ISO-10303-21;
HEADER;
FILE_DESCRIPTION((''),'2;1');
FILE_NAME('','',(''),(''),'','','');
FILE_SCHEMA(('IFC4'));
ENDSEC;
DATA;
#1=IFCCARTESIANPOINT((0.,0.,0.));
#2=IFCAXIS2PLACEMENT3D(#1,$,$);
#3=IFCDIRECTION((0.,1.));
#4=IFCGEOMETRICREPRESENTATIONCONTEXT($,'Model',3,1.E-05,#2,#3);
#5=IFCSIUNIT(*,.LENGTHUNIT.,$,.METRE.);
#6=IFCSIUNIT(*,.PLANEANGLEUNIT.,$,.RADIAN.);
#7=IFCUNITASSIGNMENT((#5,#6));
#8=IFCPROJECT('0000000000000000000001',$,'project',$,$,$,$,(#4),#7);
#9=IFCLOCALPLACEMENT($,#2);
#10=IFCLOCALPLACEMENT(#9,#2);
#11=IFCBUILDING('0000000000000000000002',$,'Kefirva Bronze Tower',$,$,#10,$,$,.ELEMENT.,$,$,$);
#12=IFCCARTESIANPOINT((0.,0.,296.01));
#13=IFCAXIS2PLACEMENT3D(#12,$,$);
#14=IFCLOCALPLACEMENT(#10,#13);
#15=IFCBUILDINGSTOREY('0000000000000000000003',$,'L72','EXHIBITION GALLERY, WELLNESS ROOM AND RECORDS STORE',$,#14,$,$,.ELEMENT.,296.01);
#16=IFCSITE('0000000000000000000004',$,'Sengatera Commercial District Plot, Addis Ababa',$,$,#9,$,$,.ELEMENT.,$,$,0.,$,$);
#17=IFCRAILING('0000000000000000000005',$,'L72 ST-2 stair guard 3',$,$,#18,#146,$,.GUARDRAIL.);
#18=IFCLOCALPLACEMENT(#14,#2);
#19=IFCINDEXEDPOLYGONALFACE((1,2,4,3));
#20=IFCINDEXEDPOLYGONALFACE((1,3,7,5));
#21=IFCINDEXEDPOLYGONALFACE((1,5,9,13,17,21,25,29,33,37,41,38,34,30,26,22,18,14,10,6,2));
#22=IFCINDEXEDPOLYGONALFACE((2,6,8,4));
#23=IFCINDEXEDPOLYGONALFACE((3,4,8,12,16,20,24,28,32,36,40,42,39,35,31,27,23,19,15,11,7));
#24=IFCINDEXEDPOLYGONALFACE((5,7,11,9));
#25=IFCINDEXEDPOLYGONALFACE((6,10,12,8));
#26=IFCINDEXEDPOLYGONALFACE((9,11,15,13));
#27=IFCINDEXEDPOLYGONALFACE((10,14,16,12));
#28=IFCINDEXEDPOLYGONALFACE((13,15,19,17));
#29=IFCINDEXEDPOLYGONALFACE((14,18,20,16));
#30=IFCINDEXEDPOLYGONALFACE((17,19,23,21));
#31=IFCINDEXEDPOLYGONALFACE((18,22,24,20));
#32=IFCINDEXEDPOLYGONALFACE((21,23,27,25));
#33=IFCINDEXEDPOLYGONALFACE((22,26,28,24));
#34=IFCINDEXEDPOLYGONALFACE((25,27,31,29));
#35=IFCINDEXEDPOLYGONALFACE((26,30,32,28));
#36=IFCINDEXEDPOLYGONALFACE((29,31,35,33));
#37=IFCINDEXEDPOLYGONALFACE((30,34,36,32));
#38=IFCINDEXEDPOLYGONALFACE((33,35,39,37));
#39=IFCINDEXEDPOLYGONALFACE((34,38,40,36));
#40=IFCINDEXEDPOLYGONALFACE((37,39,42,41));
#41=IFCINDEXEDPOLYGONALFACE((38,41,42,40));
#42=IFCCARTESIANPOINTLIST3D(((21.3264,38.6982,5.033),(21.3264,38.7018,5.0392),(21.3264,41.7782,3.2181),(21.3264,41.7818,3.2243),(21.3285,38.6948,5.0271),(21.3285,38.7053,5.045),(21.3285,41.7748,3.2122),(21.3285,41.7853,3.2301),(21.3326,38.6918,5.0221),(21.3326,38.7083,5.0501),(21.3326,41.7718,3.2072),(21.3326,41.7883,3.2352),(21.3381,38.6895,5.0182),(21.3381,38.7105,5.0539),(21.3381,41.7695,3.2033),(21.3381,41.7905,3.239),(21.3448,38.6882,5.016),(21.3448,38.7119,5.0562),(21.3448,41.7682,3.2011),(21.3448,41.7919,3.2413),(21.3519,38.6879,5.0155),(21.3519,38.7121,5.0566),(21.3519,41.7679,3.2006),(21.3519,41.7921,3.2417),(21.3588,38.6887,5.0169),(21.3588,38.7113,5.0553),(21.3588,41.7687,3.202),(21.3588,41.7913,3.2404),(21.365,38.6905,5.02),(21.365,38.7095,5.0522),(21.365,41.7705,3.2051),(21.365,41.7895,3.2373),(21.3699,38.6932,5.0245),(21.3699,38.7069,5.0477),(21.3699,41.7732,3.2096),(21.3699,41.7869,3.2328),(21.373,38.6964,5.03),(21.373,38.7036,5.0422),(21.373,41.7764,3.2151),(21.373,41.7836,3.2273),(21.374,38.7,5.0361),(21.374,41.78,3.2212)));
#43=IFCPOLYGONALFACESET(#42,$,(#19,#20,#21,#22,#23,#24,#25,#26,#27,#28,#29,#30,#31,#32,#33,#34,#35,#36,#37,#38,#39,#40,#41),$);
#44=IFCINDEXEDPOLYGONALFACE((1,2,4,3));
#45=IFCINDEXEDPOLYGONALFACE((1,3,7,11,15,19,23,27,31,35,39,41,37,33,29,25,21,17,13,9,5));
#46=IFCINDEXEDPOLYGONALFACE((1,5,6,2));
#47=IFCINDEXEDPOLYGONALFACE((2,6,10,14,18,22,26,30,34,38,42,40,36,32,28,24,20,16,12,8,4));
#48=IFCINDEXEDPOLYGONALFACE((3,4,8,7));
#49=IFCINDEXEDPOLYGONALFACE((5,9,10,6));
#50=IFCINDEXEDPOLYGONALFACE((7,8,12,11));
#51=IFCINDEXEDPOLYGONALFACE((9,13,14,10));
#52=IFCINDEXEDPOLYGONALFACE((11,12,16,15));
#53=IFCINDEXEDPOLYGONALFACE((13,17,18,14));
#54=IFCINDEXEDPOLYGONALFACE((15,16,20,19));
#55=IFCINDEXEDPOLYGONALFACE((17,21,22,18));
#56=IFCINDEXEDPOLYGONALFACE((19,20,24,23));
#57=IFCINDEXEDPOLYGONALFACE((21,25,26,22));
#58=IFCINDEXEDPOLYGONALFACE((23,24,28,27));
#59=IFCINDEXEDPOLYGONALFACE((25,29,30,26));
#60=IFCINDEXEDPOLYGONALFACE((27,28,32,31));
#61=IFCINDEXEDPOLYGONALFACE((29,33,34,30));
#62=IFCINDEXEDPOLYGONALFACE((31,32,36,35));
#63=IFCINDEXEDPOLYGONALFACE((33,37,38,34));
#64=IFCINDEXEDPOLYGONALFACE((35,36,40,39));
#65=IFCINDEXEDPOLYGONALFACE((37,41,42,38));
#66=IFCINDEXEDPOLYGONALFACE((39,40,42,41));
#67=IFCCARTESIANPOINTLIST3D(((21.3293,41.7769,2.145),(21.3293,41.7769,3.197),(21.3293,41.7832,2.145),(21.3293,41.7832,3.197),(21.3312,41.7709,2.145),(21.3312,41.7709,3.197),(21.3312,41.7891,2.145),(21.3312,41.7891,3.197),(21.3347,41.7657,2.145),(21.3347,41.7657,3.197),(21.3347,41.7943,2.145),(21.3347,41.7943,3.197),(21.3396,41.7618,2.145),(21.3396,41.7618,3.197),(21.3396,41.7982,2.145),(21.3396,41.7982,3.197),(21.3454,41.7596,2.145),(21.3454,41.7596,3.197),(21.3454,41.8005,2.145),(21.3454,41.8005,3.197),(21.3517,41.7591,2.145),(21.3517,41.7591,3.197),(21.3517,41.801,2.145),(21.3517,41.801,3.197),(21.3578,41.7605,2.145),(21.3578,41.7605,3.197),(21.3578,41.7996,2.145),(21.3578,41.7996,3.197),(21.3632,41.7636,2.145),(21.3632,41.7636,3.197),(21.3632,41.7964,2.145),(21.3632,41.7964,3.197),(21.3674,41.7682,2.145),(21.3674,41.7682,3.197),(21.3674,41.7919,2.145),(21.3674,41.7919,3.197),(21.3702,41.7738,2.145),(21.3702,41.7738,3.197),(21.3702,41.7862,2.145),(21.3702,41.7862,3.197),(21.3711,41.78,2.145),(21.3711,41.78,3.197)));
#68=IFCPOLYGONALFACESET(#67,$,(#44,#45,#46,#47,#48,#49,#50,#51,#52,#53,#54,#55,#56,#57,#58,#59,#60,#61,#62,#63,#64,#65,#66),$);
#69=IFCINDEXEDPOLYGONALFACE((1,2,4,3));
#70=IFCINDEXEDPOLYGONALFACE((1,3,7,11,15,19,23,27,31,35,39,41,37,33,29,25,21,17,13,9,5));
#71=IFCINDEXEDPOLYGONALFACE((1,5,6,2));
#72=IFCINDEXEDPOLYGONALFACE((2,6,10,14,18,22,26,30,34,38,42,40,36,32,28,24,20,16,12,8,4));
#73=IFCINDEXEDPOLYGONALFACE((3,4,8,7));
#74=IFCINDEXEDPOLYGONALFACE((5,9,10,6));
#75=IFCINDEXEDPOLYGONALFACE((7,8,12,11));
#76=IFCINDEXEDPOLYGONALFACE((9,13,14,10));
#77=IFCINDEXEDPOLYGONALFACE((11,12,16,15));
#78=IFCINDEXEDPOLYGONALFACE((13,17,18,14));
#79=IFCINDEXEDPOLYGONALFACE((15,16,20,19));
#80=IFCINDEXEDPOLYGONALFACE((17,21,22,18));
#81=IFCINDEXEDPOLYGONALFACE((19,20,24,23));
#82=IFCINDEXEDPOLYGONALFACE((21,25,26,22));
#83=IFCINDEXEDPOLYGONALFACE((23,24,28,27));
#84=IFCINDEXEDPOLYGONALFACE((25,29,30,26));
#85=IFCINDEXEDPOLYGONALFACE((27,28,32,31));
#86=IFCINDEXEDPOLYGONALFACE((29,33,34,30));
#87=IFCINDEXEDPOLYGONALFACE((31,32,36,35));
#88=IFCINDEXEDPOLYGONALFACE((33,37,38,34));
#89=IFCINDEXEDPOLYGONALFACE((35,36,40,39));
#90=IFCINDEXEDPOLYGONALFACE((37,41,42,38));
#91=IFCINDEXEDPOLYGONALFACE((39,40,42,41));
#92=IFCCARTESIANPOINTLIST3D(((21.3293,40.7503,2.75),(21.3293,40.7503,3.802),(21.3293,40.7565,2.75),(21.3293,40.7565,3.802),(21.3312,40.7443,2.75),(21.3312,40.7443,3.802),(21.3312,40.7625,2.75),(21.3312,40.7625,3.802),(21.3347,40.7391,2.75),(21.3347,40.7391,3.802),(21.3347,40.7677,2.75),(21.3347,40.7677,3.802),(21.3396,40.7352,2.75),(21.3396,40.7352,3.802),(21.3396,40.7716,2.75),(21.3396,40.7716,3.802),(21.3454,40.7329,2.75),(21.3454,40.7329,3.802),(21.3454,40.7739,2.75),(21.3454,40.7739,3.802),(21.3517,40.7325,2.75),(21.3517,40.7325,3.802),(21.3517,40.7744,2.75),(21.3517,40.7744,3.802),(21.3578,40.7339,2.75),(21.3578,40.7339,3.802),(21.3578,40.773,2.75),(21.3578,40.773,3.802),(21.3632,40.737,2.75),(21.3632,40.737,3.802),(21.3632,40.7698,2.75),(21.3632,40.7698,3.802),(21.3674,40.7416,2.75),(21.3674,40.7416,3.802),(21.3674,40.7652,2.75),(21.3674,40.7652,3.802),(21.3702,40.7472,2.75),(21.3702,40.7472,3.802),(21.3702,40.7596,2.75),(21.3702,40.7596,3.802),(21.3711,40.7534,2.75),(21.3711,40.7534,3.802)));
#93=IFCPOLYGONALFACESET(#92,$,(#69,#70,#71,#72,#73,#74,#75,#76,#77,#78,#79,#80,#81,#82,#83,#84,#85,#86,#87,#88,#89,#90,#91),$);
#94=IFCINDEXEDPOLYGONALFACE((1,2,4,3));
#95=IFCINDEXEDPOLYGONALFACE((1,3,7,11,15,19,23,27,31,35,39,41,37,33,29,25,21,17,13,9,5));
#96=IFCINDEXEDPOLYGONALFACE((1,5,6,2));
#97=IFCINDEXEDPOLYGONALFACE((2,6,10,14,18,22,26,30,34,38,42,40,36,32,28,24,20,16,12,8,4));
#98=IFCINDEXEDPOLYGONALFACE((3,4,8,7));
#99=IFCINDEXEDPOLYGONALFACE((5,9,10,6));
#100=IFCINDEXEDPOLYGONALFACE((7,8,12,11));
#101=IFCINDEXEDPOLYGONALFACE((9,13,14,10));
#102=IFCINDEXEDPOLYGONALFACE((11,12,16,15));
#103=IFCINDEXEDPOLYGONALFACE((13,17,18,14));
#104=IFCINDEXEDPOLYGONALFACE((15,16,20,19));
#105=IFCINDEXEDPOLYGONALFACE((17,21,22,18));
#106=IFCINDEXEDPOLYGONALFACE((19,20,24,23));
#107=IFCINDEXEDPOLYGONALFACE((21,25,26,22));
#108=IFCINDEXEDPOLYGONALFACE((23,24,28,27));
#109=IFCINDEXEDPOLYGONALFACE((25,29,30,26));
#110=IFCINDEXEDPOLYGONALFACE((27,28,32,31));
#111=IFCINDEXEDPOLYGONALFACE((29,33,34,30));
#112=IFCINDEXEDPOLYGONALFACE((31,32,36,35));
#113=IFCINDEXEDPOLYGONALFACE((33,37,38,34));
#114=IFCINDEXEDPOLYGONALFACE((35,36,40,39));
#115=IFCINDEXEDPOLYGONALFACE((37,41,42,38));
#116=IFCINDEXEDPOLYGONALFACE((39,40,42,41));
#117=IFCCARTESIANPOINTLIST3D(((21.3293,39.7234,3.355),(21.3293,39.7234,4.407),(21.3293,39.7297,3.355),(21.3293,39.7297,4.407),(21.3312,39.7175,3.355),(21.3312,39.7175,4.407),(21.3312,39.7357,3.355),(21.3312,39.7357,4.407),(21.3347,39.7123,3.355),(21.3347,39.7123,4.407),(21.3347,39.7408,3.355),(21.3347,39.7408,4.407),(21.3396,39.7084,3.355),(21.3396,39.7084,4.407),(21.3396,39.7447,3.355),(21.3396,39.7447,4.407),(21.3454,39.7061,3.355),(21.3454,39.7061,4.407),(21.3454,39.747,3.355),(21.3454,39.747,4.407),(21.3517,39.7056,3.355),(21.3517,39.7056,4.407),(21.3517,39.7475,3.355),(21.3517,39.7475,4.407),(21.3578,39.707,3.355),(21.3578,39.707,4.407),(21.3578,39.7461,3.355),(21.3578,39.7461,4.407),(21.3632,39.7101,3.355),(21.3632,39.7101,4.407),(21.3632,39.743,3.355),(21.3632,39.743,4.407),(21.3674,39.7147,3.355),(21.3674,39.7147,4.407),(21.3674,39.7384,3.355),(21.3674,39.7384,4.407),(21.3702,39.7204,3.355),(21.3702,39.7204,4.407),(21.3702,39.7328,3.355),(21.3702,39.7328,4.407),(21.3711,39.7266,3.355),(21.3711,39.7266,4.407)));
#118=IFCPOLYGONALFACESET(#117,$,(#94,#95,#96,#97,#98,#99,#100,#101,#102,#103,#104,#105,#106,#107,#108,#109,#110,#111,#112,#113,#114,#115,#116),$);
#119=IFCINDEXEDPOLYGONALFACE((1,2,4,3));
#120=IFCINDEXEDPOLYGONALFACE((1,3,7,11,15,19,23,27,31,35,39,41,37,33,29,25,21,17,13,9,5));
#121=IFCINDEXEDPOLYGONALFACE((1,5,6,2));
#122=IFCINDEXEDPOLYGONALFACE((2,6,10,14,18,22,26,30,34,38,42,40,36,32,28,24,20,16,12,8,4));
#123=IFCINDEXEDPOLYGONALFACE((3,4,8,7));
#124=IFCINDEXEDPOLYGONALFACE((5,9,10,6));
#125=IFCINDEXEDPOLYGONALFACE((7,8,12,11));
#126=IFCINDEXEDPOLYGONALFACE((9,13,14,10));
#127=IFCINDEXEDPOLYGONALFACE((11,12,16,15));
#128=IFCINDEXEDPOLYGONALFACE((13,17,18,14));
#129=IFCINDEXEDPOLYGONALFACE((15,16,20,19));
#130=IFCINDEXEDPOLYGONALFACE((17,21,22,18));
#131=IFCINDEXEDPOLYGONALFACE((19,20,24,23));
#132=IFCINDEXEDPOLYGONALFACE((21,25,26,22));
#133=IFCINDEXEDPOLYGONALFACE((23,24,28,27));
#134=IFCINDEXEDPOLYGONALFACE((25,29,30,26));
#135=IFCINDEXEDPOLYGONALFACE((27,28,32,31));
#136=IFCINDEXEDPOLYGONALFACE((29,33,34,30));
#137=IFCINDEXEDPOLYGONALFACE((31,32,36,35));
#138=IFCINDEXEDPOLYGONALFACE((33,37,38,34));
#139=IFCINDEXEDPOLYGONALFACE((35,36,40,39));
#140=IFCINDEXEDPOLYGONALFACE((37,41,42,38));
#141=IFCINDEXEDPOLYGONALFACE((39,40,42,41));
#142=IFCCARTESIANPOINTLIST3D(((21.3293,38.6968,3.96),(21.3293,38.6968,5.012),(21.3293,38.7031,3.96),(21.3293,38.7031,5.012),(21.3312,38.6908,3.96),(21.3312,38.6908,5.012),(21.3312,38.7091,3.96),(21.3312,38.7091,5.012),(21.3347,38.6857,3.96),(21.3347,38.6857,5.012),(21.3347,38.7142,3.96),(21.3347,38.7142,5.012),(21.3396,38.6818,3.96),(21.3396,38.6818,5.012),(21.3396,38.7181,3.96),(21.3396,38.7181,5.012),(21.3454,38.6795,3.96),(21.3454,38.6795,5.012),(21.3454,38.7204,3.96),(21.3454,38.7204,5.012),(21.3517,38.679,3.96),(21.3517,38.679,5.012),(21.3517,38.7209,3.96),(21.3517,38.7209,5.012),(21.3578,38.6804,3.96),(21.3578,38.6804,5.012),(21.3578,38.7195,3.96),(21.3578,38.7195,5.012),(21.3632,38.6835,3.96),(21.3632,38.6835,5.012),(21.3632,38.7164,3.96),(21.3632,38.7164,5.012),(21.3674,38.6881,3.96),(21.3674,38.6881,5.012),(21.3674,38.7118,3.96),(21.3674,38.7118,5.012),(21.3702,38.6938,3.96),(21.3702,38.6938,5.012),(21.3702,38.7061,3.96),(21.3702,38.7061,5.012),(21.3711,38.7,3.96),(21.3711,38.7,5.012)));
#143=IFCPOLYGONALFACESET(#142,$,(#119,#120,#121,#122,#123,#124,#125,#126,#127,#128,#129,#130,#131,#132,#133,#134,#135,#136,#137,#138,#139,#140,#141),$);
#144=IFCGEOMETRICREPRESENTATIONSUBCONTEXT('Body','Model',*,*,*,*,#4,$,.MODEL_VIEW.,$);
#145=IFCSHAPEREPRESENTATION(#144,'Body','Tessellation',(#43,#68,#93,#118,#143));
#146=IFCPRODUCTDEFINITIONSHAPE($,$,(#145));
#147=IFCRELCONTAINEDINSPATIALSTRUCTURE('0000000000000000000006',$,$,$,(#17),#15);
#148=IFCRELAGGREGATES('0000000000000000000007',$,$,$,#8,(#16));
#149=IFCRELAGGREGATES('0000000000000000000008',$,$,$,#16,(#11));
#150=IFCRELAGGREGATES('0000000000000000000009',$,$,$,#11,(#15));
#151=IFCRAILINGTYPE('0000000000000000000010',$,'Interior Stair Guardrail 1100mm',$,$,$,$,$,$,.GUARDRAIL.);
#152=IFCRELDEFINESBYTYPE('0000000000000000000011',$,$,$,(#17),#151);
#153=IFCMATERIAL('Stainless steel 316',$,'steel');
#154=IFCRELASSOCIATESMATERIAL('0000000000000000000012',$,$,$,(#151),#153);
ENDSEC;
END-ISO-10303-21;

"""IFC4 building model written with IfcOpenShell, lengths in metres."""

from ifc_helpers import new_model, si_unit, direction, frame, origin, origin_2d, place, context, subcontext, project, spatial, circle, extrude, material, type_object, element, save


model = new_model("IFC4")

# Units and contexts
model_context = context("Model", 3, precision=1e-05, world=origin(), true_north=direction((0.0, 1.0)))
body_context = subcontext(model_context, "Body", "Model", "MODEL_VIEW")
ifc_project = project(units=[si_unit("LENGTHUNIT", "METRE"), si_unit("PLANEANGLEUNIT", "RADIAN")], contexts=[model_context])

# Site, building, storey
site_placement = place(None, origin())
site = spatial("IfcSite", under=ifc_project, at=site_placement, Name="Sengatera Commercial District Plot, Addis Ababa", CompositionType="ELEMENT", RefElevation=0.0)
building_placement = place(site_placement, origin())
building = spatial("IfcBuilding", under=site, at=building_placement, Name="Kefirva Bronze Tower", CompositionType="ELEMENT")
storey_placement = place(building_placement, frame((0.0, 0.0, 296.01)))
storey = spatial("IfcBuildingStorey", under=building, at=storey_placement, Name="L72", Description="EXHIBITION GALLERY, WELLNESS ROOM AND RECORDS STORE", CompositionType="ELEMENT", Elevation=296.01)

# Shared definitions
ifc_material_1 = material(Name="Stainless steel 316", Category="steel")

# Railing
railing_type_1 = type_object("IfcRailingType", Name="Interior Stair Guardrail 1100mm", PredefinedType="GUARDRAIL", material=ifc_material_1)
railing_1_placement = place(storey_placement, frame((21.3501, 41.78, 2.145)))
element("IfcRailing", 1, at=railing_1_placement, inside=storey, type_object=railing_type_1, Name="L72 ST-2 stair guard 3", PredefinedType="GUARDRAIL", context=body_context, shape_type="SweptSolid", body=[
    extrude(circle(Radius=0.0239, at=origin_2d()), frame((0.0, 0.0, 1.0762), z_axis=(0.0, -0.861551, 0.507671), x_axis=(1.0, 0.0, 0.0)), (0.0, 0.0, 1.0), 3.575),
    extrude(circle(Radius=0.021, at=origin_2d()), origin(), (0.0, 0.0, 1.0), 1.052),
    extrude(circle(Radius=0.021, at=origin_2d()), frame((0.0, -1.0266, 0.605)), (0.0, 0.0, 1.0), 1.052),
    extrude(circle(Radius=0.021, at=origin_2d()), frame((0.0, -2.0535, 1.21)), (0.0, 0.0, 1.0), 1.052),
    extrude(circle(Radius=0.021, at=origin_2d()), frame((0.0, -3.0801, 1.8149)), (0.0, 0.0, 1.0), 1.052),
])

save(model, "model.ifc")
